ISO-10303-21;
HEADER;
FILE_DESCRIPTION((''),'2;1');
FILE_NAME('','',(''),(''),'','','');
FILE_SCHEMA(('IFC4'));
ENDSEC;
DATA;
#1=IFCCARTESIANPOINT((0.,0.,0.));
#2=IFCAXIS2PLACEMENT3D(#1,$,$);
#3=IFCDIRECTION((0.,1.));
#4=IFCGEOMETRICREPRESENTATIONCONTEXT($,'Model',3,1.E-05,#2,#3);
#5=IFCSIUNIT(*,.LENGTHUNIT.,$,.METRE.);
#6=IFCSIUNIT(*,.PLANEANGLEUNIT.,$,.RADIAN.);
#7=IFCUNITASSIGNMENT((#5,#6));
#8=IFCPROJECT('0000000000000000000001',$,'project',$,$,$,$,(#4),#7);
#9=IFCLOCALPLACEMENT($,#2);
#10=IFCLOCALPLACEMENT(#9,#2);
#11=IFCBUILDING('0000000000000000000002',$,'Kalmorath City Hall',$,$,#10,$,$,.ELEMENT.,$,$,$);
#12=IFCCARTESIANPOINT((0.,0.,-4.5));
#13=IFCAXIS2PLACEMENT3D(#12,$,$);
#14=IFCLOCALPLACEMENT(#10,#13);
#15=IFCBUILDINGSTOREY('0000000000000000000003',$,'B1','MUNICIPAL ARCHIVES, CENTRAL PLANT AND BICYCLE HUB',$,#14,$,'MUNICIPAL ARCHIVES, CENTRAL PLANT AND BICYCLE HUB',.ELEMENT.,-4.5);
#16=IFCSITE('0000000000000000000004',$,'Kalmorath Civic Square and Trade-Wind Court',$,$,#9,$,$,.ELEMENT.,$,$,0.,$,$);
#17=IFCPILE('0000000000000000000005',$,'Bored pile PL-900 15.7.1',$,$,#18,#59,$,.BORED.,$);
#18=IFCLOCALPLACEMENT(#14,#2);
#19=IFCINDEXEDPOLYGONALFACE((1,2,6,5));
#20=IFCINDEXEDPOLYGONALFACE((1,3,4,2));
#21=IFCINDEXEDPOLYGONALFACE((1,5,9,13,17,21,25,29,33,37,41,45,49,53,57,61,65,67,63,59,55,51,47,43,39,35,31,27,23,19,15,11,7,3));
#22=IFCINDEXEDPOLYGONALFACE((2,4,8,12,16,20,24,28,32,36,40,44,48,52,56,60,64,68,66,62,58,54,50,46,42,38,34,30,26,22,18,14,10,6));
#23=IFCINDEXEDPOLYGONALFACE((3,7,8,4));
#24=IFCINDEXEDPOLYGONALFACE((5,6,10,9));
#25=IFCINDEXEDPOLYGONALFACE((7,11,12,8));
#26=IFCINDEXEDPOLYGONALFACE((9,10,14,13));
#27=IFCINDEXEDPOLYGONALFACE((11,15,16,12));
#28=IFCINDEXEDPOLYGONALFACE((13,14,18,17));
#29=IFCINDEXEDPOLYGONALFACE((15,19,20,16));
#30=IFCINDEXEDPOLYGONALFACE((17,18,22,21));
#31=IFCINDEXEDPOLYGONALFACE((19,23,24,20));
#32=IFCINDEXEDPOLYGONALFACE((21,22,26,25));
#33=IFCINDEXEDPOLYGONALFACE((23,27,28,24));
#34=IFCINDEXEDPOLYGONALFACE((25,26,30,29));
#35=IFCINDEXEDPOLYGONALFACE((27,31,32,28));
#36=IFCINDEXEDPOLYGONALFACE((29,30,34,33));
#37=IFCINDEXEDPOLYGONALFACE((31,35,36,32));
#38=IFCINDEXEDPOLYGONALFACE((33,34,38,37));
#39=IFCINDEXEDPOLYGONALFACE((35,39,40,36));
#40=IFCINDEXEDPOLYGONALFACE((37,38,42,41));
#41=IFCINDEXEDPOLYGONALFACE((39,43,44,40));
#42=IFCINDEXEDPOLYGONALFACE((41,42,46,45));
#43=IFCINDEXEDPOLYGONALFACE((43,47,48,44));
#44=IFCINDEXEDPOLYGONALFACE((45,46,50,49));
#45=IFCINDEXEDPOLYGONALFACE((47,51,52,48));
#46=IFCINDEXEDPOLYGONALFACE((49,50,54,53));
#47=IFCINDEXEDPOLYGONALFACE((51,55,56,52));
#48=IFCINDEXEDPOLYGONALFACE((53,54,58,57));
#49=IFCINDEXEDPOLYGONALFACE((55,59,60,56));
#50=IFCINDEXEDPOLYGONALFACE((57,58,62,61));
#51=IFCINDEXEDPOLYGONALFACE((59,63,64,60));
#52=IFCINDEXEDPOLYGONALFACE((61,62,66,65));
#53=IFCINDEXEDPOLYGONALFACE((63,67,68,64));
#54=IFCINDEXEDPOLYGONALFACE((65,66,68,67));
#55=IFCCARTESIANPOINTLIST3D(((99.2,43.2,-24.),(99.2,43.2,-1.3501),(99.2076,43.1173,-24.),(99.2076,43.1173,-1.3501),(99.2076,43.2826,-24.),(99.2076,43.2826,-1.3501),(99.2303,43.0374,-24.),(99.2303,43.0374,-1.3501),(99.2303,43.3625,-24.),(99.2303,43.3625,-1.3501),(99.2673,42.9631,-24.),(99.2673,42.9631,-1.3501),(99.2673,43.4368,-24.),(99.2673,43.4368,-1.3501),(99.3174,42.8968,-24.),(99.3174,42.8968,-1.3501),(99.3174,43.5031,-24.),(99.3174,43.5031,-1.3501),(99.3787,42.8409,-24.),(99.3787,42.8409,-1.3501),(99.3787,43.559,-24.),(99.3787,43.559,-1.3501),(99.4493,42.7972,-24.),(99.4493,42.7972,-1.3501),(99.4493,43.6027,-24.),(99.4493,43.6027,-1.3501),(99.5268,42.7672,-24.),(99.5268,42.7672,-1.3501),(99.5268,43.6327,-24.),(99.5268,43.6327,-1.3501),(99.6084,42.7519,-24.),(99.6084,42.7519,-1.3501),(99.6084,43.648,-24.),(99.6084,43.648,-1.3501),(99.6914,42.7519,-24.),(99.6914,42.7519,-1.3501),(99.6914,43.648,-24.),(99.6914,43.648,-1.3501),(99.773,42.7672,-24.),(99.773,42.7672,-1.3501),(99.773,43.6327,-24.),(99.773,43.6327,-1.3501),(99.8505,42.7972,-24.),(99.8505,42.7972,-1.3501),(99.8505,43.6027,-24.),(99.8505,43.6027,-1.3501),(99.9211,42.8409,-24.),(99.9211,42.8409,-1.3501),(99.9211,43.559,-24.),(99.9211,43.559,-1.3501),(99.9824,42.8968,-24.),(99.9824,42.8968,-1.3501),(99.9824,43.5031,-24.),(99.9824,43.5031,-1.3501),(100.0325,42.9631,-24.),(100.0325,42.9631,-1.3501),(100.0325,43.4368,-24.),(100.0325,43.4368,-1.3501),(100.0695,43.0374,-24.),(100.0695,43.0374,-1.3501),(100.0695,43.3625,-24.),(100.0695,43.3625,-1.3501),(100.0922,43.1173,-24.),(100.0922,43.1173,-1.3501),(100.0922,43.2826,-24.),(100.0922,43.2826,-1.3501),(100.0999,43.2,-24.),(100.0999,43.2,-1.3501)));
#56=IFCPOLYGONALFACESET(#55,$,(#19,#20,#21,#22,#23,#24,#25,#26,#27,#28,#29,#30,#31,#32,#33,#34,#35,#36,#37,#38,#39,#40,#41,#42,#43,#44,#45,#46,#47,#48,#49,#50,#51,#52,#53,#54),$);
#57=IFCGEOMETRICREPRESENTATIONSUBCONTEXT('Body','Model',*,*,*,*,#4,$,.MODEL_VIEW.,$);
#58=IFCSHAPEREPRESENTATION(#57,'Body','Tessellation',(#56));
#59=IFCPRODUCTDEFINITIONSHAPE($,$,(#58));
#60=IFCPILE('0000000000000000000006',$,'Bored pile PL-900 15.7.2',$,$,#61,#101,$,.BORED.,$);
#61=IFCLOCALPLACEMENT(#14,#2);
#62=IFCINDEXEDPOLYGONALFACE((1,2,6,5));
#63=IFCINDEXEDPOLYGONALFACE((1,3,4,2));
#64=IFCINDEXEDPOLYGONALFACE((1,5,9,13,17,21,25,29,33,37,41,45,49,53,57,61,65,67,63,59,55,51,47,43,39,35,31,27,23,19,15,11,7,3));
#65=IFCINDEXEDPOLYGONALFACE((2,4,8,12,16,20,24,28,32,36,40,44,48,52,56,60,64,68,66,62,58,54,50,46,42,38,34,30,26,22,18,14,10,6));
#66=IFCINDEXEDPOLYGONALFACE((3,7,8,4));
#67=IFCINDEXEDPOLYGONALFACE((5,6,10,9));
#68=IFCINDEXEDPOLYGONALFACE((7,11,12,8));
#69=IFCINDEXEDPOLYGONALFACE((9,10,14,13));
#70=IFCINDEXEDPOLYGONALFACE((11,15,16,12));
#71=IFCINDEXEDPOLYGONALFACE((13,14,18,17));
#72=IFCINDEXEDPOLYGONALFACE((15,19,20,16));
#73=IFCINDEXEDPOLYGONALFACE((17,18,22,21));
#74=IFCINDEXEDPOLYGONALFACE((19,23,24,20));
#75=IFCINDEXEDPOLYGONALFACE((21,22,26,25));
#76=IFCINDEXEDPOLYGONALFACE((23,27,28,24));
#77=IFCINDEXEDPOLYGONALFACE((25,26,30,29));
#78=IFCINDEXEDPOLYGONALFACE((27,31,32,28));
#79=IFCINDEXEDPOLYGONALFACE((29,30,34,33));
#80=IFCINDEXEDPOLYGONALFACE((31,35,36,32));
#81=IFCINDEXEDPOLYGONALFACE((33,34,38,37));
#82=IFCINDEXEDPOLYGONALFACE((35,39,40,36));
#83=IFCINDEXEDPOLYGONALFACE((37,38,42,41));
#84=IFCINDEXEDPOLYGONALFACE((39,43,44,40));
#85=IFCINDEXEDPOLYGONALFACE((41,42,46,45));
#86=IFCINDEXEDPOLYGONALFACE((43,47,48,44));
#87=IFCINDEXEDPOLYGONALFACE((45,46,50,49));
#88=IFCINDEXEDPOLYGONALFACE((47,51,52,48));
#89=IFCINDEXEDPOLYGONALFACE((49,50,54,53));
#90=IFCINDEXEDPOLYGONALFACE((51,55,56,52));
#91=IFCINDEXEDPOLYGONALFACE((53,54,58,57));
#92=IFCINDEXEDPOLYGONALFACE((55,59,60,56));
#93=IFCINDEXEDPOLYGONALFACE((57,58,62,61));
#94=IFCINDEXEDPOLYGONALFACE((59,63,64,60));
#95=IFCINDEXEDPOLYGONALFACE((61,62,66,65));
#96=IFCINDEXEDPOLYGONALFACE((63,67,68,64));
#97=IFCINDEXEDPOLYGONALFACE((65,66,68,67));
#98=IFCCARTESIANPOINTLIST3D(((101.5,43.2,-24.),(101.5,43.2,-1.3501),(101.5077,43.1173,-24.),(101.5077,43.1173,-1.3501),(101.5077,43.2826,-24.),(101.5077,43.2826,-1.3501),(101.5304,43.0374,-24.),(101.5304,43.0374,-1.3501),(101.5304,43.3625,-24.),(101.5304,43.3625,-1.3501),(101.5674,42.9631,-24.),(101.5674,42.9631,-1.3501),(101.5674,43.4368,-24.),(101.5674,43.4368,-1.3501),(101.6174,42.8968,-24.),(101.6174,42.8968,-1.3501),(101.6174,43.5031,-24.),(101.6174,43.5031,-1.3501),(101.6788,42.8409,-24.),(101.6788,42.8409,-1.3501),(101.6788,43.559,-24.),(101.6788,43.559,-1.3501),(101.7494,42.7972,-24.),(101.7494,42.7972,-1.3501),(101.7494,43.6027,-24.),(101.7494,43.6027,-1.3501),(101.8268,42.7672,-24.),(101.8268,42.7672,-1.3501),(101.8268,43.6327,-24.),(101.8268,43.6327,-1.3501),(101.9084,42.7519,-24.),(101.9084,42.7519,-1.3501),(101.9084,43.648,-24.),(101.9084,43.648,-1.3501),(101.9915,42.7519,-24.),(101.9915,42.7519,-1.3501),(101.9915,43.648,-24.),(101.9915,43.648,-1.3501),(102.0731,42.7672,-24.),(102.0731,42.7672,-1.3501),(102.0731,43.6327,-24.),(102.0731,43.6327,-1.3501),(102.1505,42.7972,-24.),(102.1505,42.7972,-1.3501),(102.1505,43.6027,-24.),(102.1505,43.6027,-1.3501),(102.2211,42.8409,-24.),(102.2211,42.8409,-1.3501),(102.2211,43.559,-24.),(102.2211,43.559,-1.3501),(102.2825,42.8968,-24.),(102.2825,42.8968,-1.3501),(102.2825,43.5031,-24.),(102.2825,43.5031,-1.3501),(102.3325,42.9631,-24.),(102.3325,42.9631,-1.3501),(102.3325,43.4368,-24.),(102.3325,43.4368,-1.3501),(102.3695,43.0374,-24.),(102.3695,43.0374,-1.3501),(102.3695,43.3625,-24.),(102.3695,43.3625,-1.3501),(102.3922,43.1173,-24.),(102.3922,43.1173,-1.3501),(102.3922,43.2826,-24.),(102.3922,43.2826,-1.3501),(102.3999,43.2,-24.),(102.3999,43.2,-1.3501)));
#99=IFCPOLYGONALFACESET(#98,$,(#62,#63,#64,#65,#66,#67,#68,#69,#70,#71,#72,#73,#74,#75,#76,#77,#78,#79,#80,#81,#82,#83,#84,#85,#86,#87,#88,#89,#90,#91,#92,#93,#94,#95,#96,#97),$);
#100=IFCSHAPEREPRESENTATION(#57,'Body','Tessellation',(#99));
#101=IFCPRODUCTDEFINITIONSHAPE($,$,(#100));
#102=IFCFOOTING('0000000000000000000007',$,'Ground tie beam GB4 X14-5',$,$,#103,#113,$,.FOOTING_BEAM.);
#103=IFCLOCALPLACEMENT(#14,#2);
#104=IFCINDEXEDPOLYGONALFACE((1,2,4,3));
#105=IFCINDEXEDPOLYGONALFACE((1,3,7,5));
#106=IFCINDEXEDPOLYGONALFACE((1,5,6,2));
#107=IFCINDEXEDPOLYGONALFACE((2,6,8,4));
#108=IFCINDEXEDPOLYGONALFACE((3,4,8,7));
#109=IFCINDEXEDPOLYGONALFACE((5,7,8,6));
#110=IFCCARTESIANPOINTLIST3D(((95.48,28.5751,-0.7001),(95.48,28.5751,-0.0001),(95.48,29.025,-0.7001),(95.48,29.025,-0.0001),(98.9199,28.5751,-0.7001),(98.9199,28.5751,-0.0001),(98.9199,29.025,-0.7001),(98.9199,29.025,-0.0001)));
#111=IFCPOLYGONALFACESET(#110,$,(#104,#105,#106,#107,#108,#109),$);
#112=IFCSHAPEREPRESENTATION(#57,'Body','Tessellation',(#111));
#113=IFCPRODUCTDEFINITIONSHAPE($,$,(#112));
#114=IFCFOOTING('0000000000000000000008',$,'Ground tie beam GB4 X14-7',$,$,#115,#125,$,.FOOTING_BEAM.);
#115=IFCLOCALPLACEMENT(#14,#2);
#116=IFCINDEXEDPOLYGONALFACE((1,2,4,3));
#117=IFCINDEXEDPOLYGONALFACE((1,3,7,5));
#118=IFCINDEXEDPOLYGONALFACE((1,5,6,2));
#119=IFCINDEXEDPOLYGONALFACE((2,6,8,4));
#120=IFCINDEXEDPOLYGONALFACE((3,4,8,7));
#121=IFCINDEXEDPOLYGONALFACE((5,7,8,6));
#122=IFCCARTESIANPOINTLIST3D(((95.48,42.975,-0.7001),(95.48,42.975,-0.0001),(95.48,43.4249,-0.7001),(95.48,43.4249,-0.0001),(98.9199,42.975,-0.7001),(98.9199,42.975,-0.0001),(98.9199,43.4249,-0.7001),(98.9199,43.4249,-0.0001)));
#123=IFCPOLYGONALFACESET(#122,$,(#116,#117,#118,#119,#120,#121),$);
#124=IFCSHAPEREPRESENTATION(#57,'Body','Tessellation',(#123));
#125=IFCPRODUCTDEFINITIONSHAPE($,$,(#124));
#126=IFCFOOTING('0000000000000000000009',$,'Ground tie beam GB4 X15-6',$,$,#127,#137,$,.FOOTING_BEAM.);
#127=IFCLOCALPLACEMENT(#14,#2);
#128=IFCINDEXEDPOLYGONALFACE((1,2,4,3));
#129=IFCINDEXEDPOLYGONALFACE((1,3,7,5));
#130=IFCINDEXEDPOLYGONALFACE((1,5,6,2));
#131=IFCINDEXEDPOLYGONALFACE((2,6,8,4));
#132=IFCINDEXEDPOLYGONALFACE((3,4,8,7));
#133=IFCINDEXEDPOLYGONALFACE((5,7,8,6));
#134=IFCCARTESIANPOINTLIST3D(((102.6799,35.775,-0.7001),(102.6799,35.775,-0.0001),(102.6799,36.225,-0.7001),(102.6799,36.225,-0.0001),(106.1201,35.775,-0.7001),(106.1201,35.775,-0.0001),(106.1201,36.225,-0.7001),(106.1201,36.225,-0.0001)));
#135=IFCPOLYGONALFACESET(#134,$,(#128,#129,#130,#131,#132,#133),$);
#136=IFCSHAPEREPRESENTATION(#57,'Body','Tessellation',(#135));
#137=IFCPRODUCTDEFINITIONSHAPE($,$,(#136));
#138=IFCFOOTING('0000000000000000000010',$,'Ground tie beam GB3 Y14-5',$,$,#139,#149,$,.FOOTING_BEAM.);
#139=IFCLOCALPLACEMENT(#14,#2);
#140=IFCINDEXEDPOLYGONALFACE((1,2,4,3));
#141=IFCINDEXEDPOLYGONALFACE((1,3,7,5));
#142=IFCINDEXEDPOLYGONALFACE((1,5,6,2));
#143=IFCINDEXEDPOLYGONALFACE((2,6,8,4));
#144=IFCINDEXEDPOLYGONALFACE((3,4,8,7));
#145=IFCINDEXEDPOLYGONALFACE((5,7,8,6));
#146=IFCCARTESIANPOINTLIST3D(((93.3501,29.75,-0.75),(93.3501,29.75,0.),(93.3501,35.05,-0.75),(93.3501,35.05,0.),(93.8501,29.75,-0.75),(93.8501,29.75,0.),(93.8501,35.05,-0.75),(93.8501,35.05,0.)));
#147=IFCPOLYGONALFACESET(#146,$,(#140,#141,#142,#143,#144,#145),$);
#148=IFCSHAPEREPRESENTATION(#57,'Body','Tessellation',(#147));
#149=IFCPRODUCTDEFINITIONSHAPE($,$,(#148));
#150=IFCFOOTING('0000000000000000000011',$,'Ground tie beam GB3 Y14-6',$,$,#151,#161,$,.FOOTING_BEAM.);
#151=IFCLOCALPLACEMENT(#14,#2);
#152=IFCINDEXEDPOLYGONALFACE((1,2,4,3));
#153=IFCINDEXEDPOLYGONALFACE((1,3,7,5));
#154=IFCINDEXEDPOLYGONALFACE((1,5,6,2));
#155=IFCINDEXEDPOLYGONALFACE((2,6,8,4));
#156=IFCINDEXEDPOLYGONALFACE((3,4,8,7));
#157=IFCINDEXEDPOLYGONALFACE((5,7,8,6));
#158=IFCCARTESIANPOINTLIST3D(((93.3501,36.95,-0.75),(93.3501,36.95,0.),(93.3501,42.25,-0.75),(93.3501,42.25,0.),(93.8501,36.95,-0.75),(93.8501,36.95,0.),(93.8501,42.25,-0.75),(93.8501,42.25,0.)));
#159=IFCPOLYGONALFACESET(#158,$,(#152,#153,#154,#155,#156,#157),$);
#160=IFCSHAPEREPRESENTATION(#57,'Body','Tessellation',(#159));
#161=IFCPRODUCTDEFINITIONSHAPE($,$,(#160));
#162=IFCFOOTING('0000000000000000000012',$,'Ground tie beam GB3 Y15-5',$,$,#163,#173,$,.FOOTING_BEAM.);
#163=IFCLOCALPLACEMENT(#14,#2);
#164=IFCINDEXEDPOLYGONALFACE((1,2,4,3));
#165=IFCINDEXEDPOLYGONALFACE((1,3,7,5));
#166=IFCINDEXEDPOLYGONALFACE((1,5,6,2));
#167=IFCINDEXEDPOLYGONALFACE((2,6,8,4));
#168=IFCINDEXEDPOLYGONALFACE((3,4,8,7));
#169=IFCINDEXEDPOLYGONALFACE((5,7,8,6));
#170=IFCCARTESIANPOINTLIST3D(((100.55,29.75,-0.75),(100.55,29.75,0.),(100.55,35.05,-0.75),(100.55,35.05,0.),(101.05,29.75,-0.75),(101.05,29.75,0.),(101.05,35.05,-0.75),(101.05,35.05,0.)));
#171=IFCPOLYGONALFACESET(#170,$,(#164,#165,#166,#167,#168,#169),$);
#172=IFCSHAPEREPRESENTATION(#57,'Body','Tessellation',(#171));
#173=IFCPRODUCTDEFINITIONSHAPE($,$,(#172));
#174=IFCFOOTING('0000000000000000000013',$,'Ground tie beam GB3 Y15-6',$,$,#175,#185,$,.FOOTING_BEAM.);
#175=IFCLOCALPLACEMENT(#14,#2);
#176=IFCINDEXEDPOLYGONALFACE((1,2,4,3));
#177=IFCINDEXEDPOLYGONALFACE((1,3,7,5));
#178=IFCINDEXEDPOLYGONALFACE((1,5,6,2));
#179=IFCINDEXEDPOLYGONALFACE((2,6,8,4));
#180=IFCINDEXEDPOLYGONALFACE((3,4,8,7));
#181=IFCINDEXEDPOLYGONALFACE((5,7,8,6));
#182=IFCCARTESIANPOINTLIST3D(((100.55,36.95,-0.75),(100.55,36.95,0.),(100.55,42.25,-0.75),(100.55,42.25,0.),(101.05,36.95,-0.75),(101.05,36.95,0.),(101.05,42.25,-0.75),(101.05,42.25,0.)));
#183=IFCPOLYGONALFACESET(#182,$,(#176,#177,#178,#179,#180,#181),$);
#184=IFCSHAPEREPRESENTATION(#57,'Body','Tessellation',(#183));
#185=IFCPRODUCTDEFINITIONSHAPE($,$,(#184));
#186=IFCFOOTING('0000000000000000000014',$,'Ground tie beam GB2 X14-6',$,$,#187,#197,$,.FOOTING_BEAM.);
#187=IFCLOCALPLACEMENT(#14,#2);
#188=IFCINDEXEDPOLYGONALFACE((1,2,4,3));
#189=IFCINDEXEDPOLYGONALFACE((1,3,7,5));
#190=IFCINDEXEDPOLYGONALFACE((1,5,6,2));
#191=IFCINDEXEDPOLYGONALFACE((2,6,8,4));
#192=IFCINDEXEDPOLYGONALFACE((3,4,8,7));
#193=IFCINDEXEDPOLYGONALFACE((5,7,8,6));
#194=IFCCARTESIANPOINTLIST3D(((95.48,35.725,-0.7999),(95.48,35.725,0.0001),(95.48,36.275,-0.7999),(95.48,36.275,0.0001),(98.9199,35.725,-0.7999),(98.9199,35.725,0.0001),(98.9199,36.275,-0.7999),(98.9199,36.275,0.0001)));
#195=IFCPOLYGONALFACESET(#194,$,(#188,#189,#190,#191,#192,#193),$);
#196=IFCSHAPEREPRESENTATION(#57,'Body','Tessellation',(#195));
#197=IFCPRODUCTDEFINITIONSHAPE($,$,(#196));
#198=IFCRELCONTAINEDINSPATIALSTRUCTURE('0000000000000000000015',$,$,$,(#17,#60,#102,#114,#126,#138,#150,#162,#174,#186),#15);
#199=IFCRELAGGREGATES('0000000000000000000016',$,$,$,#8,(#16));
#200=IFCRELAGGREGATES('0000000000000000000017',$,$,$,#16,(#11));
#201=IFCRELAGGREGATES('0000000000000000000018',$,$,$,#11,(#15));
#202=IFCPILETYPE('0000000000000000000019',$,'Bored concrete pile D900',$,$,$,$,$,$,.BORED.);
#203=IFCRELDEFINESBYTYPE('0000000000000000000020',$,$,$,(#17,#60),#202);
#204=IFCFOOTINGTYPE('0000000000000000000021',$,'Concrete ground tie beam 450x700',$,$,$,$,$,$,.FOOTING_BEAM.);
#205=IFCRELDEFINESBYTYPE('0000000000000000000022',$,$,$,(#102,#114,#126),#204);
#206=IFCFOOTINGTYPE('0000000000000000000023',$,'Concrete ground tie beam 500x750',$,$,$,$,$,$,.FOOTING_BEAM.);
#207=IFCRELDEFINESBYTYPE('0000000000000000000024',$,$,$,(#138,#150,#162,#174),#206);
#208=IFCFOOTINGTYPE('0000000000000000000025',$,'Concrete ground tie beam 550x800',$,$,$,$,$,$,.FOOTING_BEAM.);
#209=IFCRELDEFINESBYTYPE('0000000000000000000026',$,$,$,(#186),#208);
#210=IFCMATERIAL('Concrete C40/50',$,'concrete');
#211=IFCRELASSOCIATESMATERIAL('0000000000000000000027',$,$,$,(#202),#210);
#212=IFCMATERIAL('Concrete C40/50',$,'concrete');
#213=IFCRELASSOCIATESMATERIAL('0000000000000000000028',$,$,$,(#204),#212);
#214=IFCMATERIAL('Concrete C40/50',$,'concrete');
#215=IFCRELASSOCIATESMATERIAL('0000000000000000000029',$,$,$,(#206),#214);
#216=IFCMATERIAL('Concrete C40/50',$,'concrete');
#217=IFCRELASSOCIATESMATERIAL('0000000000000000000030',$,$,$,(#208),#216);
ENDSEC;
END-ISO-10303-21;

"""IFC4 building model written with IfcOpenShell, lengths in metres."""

from ifc_helpers import new_model, si_unit, direction, frame, origin, origin_2d, place, context, subcontext, project, spatial, rectangle, circle, extrude, material, material_profile, profile_set, type_object, element, save


model = new_model("IFC4")

# Units and contexts
model_context = context("Model", 3, precision=1e-05, world=origin(), true_north=direction((0.0, 1.0)))
body_context = subcontext(model_context, "Body", "Model", "MODEL_VIEW")
ifc_project = project(units=[si_unit("LENGTHUNIT", "METRE"), si_unit("PLANEANGLEUNIT", "RADIAN")], contexts=[model_context])

# Site, building, storey
site_placement = place(None, origin())
site = spatial("IfcSite", under=ifc_project, at=site_placement, Name="Kalmorath Civic Square and Trade-Wind Court", CompositionType="ELEMENT", RefElevation=0.0)
building_placement = place(site_placement, origin())
building = spatial("IfcBuilding", under=site, at=building_placement, Name="Kalmorath City Hall", CompositionType="ELEMENT")
storey_placement = place(building_placement, frame((0.0, 0.0, -4.5)))
storey = spatial("IfcBuildingStorey", under=building, at=storey_placement, Name="B1", Description="MUNICIPAL ARCHIVES, CENTRAL PLANT AND BICYCLE HUB", LongName="MUNICIPAL ARCHIVES, CENTRAL PLANT AND BICYCLE HUB", CompositionType="ELEMENT", Elevation=-4.5)

# Piles
ifc_material_1 = material(Name="Concrete C40/50", Category="concrete")
ifc_material_profile_1 = material_profile(ifc_material_1, circle(Radius=0.45, at=origin_2d()), Name="PILE-D900")
ifc_profile_set_1 = profile_set([ifc_material_profile_1], Name="Concrete C40/50")
pile_type = type_object("IfcPileType", Name="Bored concrete pile D900", PredefinedType="BORED", material=ifc_profile_set_1)
for number, where, z_axis, x_axis, name in (
    (1, (99.6499, 43.2, -1.3501), (0.0, 0.0, -1.0), (1.0, 0.0, 0.0), "Bored pile PL-900 15.7.1"),
    (2, (101.95, 43.2, -1.3501), (0.0, 0.0, -1.0), (1.0, 0.0, 0.0), "Bored pile PL-900 15.7.2"),
):
    element("IfcPile", number, at=place(storey_placement, frame(where, z_axis=z_axis, x_axis=x_axis)), inside=storey, type_object=pile_type, Name=name, PredefinedType="BORED", context=body_context, shape_type="SweptSolid", body=[
        extrude(circle(Radius=0.45, at=origin_2d()), origin(), (0.0, 0.0, 1.0), 22.6499),
    ])

# Footings
ifc_material_2 = material(Name="Concrete C40/50", Category="concrete")
ifc_material_profile_2 = material_profile(ifc_material_2, rectangle(XDim=0.45, YDim=0.7, at=origin_2d()), Name="RC-BM-450X700")
ifc_profile_set_2 = profile_set([ifc_material_profile_2], Name="Concrete C40/50")
footing_type_1 = type_object("IfcFootingType", Name="Concrete ground tie beam 450x700", PredefinedType="FOOTING_BEAM", material=ifc_profile_set_2)
for number, where, z_axis, x_axis, name in (
    (3, (95.48, 28.8, -0.3501), (1.0, 0.0, 0.0), (0.0, 1.0, 0.0), "Ground tie beam GB4 X14-5"),
    (4, (95.48, 43.2, -0.3501), (1.0, 0.0, 0.0), (0.0, 1.0, 0.0), "Ground tie beam GB4 X14-7"),
):
    element("IfcFooting", number, at=place(storey_placement, frame(where, z_axis=z_axis, x_axis=x_axis)), inside=storey, type_object=footing_type_1, Name=name, PredefinedType="FOOTING_BEAM", context=body_context, shape_type="SweptSolid", body=[
        extrude(rectangle(XDim=0.45, YDim=0.7, at=origin_2d()), origin(), (0.0, 0.0, 1.0), 3.4399),
    ])
footing_1_placement = place(storey_placement, frame((102.6799, 36.0, -0.3501), z_axis=(1.0, 0.0, 0.0), x_axis=(0.0, 1.0, 0.0)))
element("IfcFooting", 5, at=footing_1_placement, inside=storey, type_object=footing_type_1, Name="Ground tie beam GB4 X15-6", PredefinedType="FOOTING_BEAM", context=body_context, shape_type="SweptSolid", body=[
    extrude(rectangle(XDim=0.45, YDim=0.7, at=origin_2d()), origin(), (0.0, 0.0, 1.0), 3.4402),
])
ifc_material_3 = material(Name="Concrete C40/50", Category="concrete")
ifc_material_profile_3 = material_profile(ifc_material_3, rectangle(XDim=0.5, YDim=0.75, at=origin_2d()), Name="RC-BM-500X750")
ifc_profile_set_3 = profile_set([ifc_material_profile_3], Name="Concrete C40/50")
footing_type_2 = type_object("IfcFootingType", Name="Concrete ground tie beam 500x750", PredefinedType="FOOTING_BEAM", material=ifc_profile_set_3)
for number, where, z_axis, x_axis, name in (
    (6, (93.6001, 29.75, -0.375), (0.0, 1.0, 0.0), (-1.0, 0.0, 0.0), "Ground tie beam GB3 Y14-5"),
    (7, (93.6001, 36.95, -0.375), (0.0, 1.0, 0.0), (-1.0, 0.0, 0.0), "Ground tie beam GB3 Y14-6"),
    (8, (100.8, 29.75, -0.375), (0.0, 1.0, 0.0), (-1.0, 0.0, 0.0), "Ground tie beam GB3 Y15-5"),
    (9, (100.8, 36.95, -0.375), (0.0, 1.0, 0.0), (-1.0, 0.0, 0.0), "Ground tie beam GB3 Y15-6"),
):
    element("IfcFooting", number, at=place(storey_placement, frame(where, z_axis=z_axis, x_axis=x_axis)), inside=storey, type_object=footing_type_2, Name=name, PredefinedType="FOOTING_BEAM", context=body_context, shape_type="SweptSolid", body=[
        extrude(rectangle(XDim=0.5, YDim=0.75, at=origin_2d()), origin(), (0.0, 0.0, 1.0), 5.3),
    ])
ifc_material_4 = material(Name="Concrete C40/50", Category="concrete")
ifc_material_profile_4 = material_profile(ifc_material_4, rectangle(XDim=0.55, YDim=0.8, at=origin_2d()), Name="RC-BM-550X800")
ifc_profile_set_4 = profile_set([ifc_material_profile_4], Name="Concrete C40/50")
footing_type_3 = type_object("IfcFootingType", Name="Concrete ground tie beam 550x800", PredefinedType="FOOTING_BEAM", material=ifc_profile_set_4)
footing_2_placement = place(storey_placement, frame((95.48, 36.0, -0.3999), z_axis=(1.0, 0.0, 0.0), x_axis=(0.0, 1.0, 0.0)))
element("IfcFooting", 10, at=footing_2_placement, inside=storey, type_object=footing_type_3, Name="Ground tie beam GB2 X14-6", PredefinedType="FOOTING_BEAM", context=body_context, shape_type="SweptSolid", body=[
    extrude(rectangle(XDim=0.55, YDim=0.8, at=origin_2d()), origin(), (0.0, 0.0, 1.0), 3.4399),
])

save(model, "model.ifc")
